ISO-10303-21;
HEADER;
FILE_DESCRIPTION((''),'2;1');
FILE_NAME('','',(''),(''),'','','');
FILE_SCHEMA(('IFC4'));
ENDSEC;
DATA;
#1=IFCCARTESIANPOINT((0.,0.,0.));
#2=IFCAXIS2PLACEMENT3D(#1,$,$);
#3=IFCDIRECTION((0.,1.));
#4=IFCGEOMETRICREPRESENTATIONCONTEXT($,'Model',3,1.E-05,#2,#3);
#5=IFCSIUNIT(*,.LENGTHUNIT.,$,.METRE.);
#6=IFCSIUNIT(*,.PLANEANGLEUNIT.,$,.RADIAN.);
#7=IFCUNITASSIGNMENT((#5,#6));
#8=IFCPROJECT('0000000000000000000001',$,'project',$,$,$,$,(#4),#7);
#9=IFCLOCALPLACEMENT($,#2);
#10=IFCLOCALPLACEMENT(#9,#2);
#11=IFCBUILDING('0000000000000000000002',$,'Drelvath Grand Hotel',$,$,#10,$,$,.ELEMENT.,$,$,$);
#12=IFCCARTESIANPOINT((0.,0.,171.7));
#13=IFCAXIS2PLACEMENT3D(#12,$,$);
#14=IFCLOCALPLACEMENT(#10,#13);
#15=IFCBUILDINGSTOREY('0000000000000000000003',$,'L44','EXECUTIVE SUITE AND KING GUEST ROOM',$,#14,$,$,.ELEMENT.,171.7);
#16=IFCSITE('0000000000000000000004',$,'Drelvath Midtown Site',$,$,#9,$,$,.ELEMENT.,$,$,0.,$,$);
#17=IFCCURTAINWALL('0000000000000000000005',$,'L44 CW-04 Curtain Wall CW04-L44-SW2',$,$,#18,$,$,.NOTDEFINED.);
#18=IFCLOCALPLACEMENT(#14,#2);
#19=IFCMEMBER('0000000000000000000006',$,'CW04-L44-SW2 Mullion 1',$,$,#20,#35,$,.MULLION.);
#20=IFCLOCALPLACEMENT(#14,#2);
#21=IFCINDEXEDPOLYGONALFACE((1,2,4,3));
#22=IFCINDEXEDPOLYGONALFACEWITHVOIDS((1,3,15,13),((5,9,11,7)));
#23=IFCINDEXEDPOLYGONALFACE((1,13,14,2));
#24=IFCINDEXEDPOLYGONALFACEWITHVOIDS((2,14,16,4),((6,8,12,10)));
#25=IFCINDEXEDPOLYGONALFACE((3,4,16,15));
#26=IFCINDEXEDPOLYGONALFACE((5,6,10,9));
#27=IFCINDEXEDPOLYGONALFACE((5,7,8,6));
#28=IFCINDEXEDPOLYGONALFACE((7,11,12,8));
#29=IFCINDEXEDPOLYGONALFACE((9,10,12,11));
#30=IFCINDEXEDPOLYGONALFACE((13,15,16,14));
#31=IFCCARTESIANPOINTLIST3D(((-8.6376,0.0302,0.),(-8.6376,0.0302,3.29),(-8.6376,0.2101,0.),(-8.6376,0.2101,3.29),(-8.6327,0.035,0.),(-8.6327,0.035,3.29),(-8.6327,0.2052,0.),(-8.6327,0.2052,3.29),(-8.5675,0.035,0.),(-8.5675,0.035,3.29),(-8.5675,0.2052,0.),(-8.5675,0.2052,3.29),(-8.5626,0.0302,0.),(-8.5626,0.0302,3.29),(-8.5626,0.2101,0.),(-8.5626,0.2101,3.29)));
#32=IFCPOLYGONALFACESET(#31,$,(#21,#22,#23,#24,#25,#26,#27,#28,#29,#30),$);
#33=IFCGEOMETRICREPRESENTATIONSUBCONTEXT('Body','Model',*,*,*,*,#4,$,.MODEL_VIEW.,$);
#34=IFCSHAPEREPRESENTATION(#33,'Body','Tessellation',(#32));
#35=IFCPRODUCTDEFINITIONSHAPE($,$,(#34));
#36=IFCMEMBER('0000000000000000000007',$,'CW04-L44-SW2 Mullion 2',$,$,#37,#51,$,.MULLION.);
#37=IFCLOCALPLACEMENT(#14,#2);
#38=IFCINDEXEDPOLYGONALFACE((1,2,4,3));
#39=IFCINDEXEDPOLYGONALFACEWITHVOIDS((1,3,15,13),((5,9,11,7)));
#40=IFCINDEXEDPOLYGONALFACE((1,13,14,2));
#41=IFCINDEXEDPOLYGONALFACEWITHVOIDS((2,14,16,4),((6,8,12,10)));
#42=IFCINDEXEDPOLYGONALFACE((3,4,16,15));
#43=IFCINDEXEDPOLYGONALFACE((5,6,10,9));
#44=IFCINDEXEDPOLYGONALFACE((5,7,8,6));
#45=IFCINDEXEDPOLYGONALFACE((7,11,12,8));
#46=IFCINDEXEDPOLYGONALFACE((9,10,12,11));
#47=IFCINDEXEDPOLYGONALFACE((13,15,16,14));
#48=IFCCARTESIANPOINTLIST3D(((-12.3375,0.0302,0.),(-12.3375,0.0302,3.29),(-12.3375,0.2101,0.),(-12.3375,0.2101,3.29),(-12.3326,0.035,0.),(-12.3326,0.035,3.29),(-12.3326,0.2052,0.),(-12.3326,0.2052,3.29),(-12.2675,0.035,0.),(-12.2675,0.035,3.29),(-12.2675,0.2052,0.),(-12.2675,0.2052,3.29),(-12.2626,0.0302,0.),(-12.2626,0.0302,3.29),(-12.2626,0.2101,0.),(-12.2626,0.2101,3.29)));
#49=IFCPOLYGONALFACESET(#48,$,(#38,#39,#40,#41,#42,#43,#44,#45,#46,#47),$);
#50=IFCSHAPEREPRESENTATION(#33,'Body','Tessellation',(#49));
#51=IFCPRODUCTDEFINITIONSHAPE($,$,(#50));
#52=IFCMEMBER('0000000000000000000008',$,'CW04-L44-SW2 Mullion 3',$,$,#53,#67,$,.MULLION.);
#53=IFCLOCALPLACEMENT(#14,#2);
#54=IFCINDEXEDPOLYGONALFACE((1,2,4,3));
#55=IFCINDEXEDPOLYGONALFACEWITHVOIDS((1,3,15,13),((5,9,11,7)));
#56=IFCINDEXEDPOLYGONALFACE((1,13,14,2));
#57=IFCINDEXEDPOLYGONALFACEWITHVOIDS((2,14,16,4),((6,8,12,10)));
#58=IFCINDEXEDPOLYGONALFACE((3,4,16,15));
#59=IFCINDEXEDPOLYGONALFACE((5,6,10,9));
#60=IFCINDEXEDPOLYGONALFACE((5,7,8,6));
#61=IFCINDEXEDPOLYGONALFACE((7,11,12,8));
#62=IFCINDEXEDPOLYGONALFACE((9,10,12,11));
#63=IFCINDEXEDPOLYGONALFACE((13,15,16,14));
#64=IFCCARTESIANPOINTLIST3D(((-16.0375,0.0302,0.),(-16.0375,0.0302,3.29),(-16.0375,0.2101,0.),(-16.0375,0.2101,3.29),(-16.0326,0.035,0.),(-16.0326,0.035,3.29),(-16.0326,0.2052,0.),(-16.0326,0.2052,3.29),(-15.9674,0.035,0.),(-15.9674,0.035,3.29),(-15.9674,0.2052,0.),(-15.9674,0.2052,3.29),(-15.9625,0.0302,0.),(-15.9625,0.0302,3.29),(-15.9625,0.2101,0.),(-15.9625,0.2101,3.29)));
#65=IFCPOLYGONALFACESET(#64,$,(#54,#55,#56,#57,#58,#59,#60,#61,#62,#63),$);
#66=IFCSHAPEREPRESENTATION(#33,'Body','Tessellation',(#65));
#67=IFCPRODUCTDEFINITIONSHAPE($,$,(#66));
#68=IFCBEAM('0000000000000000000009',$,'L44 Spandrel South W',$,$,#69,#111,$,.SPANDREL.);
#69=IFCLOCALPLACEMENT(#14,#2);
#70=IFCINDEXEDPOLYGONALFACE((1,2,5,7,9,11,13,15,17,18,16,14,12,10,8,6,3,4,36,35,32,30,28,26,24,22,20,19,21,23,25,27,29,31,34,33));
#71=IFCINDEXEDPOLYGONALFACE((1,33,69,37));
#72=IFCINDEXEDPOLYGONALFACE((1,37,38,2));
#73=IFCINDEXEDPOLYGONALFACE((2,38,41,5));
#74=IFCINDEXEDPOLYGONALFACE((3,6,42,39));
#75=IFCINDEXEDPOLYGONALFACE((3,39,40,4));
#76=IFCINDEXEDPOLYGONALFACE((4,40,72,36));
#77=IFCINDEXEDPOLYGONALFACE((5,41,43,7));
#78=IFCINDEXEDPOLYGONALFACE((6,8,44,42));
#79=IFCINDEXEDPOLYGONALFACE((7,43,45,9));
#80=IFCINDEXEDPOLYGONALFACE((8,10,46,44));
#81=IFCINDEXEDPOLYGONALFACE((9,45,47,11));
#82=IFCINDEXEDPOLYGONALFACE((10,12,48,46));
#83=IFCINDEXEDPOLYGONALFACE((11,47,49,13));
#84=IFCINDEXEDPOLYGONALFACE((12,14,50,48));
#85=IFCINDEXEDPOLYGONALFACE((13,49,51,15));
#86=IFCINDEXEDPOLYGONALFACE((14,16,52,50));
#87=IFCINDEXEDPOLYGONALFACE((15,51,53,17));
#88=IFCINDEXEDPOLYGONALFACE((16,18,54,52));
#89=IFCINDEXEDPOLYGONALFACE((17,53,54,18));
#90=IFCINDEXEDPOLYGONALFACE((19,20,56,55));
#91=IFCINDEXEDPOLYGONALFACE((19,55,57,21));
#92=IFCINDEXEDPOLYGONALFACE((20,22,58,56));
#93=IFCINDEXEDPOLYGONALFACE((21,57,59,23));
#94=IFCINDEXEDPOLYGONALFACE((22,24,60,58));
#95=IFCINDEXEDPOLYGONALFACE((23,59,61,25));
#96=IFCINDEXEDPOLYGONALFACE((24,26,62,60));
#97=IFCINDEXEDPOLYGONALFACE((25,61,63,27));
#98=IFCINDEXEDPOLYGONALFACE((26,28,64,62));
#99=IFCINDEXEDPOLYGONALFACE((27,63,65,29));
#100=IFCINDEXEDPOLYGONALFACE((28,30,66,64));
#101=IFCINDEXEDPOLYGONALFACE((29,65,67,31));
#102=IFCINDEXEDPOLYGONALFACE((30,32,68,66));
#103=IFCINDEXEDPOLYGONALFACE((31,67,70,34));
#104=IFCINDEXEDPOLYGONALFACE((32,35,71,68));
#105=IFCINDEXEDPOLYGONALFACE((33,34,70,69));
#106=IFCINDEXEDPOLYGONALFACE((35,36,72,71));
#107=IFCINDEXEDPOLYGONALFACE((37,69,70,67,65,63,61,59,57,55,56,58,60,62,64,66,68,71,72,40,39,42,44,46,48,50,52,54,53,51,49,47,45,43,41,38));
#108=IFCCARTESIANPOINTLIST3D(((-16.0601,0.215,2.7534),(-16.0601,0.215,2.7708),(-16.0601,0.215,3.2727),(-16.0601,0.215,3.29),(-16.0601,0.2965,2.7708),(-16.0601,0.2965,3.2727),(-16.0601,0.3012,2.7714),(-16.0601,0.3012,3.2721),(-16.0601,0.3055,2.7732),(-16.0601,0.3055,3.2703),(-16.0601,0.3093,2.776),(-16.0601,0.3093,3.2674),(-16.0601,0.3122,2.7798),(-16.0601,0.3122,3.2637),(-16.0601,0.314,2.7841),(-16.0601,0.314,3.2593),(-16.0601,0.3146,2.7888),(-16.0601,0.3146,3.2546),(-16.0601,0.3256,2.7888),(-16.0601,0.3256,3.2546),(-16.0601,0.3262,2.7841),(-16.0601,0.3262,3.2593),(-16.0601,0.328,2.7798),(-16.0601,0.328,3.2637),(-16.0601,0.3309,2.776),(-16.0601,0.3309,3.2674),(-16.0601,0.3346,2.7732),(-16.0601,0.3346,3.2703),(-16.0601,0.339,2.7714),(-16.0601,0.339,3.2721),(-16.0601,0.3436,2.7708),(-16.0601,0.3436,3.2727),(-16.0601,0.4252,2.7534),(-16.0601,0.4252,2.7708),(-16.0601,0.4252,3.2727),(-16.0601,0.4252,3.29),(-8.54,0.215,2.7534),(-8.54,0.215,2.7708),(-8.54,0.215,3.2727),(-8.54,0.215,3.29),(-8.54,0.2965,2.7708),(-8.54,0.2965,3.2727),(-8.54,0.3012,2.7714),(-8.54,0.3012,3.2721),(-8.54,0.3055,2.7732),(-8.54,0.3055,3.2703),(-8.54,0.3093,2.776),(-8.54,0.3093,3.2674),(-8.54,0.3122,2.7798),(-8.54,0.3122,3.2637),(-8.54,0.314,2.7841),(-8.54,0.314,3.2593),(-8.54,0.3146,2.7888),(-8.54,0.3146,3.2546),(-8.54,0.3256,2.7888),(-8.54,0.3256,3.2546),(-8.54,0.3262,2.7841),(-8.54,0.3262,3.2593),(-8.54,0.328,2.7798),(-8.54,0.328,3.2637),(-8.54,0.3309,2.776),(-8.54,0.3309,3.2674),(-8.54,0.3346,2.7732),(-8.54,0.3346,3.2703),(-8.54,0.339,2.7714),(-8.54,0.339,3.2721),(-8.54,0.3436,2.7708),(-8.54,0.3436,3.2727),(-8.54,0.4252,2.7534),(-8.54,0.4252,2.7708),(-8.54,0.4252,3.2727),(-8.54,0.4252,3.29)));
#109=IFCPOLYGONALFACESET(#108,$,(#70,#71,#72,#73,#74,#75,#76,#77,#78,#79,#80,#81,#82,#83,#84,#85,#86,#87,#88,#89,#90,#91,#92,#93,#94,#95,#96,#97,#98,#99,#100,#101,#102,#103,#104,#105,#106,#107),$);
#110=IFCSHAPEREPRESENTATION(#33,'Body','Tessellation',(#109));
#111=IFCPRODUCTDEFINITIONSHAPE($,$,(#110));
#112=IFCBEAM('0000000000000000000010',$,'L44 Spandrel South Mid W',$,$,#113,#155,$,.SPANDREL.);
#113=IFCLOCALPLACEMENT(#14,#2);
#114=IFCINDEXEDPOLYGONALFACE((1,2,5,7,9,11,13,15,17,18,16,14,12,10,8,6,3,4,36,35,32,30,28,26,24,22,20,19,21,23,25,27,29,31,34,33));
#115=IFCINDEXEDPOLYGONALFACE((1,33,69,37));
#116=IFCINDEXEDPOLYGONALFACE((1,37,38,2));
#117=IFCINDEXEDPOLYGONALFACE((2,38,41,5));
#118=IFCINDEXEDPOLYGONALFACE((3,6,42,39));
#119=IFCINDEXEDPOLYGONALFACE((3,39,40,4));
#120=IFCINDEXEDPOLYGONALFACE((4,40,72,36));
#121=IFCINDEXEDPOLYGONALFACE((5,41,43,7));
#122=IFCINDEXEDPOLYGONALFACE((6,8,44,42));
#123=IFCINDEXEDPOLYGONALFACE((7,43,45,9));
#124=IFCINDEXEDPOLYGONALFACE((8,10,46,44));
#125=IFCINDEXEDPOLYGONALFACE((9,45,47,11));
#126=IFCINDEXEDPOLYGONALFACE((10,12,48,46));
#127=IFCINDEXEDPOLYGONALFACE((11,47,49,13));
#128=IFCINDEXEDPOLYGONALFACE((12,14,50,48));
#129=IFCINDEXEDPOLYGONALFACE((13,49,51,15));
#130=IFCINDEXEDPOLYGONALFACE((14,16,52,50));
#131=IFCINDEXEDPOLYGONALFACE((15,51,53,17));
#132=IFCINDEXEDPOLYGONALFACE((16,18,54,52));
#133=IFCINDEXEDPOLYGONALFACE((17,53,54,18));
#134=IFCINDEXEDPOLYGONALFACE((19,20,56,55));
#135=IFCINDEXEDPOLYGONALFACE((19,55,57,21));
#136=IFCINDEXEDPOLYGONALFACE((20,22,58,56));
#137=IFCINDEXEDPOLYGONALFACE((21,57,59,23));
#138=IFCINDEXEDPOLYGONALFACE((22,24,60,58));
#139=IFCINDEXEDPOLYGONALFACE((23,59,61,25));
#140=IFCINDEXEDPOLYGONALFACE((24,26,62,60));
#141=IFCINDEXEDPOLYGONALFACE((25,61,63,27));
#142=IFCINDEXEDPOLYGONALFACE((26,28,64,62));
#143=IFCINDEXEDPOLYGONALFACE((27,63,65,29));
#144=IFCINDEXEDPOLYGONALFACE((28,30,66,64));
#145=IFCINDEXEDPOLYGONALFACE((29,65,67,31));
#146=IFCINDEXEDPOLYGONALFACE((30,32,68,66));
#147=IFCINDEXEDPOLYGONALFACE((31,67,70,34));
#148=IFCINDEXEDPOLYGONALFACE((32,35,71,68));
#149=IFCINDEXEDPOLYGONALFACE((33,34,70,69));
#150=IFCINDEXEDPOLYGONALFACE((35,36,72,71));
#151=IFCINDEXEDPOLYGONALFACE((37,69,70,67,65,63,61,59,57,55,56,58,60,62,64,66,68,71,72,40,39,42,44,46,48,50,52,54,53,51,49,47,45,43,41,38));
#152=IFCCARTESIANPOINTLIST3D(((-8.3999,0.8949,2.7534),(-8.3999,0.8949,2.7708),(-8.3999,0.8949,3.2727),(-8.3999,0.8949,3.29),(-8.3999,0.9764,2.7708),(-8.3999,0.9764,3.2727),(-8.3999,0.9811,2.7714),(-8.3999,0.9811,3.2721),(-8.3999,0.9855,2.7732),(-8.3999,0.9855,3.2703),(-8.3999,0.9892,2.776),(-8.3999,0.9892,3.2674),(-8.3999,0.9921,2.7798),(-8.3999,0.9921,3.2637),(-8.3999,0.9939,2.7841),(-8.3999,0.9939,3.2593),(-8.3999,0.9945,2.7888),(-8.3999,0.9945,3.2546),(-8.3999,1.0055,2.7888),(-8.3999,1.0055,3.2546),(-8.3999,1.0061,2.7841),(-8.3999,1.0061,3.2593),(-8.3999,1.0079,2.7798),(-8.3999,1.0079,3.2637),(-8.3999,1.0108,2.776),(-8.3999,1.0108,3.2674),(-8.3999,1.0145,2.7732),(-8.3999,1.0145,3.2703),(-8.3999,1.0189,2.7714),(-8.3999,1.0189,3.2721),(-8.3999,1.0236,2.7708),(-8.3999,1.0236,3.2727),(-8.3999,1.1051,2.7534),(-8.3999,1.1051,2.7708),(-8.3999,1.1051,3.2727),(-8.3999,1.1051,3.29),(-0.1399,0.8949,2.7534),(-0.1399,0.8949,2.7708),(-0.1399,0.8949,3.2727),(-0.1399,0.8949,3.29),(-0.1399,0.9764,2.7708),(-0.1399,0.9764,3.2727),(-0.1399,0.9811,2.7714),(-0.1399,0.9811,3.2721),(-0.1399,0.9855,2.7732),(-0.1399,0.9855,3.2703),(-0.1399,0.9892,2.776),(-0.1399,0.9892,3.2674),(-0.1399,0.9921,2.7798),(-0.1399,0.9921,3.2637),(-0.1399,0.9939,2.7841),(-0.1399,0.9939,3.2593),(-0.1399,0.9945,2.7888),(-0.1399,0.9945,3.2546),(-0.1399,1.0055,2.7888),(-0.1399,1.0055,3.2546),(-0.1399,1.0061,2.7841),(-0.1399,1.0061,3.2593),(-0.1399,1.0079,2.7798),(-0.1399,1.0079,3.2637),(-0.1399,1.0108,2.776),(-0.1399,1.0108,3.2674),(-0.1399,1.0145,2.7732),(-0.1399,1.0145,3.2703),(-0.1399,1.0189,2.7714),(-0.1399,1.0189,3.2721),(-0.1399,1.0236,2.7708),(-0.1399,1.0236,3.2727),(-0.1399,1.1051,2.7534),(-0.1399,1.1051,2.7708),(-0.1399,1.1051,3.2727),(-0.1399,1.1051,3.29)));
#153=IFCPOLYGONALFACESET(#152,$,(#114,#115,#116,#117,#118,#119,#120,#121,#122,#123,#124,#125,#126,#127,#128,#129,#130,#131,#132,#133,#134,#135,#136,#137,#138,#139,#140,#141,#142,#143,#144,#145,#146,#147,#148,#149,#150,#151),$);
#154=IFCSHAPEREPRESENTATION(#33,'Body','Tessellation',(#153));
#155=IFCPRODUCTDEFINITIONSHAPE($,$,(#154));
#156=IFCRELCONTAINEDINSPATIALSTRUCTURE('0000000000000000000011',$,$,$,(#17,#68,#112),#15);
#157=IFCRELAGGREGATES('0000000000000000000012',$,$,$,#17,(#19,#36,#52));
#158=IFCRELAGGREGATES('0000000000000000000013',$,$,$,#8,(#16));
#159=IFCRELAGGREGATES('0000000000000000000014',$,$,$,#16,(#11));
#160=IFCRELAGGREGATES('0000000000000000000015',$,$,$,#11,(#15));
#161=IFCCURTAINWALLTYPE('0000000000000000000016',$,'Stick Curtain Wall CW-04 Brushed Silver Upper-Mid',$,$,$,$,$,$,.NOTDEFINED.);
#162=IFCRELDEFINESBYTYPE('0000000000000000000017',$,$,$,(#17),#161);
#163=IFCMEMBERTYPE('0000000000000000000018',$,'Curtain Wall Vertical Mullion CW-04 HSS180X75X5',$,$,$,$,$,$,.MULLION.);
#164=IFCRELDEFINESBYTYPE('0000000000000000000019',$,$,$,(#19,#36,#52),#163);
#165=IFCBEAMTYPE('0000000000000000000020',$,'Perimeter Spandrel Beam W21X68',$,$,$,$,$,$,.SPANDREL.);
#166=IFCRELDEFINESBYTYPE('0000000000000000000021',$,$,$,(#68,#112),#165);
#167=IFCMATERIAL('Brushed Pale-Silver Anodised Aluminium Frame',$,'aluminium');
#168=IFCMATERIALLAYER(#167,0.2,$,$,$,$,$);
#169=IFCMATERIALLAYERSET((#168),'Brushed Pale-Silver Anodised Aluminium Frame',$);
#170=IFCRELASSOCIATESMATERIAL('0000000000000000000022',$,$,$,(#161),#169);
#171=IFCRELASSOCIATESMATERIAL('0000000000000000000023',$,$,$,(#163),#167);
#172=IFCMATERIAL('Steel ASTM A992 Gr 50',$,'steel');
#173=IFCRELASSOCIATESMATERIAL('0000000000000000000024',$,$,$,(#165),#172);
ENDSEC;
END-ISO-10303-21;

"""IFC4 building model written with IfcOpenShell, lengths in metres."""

from ifc_helpers import new_model, si_unit, direction, frame, origin, origin_2d, place, context, subcontext, project, spatial, hollow_rectangle, i_section, extrude, material, layer, layer_set, material_profile, profile_set, type_object, element, aggregate, save


model = new_model("IFC4")

# Units and contexts
model_context = context("Model", 3, precision=1e-05, world=origin(), true_north=direction((0.0, 1.0)))
body_context = subcontext(model_context, "Body", "Model", "MODEL_VIEW")
ifc_project = project(units=[si_unit("LENGTHUNIT", "METRE"), si_unit("PLANEANGLEUNIT", "RADIAN")], contexts=[model_context])

# Site, building, storey
site_placement = place(None, origin())
site = spatial("IfcSite", under=ifc_project, at=site_placement, Name="Drelvath Midtown Site", CompositionType="ELEMENT", RefElevation=0.0)
building_placement = place(site_placement, origin())
building = spatial("IfcBuilding", under=site, at=building_placement, Name="Drelvath Grand Hotel", CompositionType="ELEMENT")
storey_placement = place(building_placement, frame((0.0, 0.0, 171.7)))
storey = spatial("IfcBuildingStorey", under=building, at=storey_placement, Name="L44", Description="EXECUTIVE SUITE AND KING GUEST ROOM", CompositionType="ELEMENT", Elevation=171.7)

# Shared definitions
ifc_material_1 = material(Name="Steel ASTM A992 Gr 50", Category="steel")

# Curtain wall
ifc_material_2 = material(Name="Brushed Pale-Silver Anodised Aluminium Frame", Category="aluminium")
ifc_layer_1 = layer(ifc_material_2, 0.2)
ifc_layer_set_1 = layer_set([ifc_layer_1], Name="Brushed Pale-Silver Anodised Aluminium Frame")
curtain_wall_type = type_object("IfcCurtainWallType", Name="Stick Curtain Wall CW-04 Brushed Silver Upper-Mid", PredefinedType="NOTDEFINED", material=ifc_layer_set_1)
curtain_wall_1_placement = place(storey_placement, origin())
curtain_wall_1 = element("IfcCurtainWall", 1, at=curtain_wall_1_placement, inside=storey, type_object=curtain_wall_type, Name="L44 CW-04 Curtain Wall CW04-L44-SW2", PredefinedType="NOTDEFINED")

# Members
ifc_material_profile_1 = material_profile(ifc_material_2, hollow_rectangle(XDim=0.075, YDim=0.1799, WallThickness=0.0049, at=origin_2d()), Name="HSS180X75X5")
ifc_profile_set_1 = profile_set([ifc_material_profile_1], Name="Brushed Pale-Silver Anodised Aluminium Frame")
member_type_1 = type_object("IfcMemberType", Name="Curtain Wall Vertical Mullion CW-04 HSS180X75X5", PredefinedType="MULLION", material=ifc_profile_set_1)
member_1_placement = place(storey_placement, frame((-8.6001, 0.1201, 0.0), z_axis=(0.0, 0.0, 1.0), x_axis=(1.0, 0.0, 0.0)))
member_1 = element("IfcMember", 2, at=member_1_placement, type_object=member_type_1, Name="CW04-L44-SW2 Mullion 1", PredefinedType="MULLION", context=body_context, shape_type="SweptSolid", body=[
    extrude(hollow_rectangle(XDim=0.075, YDim=0.1799, WallThickness=0.0049, at=origin_2d()), origin(), (0.0, 0.0, 1.0), 3.29),
])
member_2_placement = place(storey_placement, frame((-12.3, 0.1201, 0.0), z_axis=(0.0, 0.0, 1.0), x_axis=(1.0, 0.0, 0.0)))
member_2 = element("IfcMember", 3, at=member_2_placement, type_object=member_type_1, Name="CW04-L44-SW2 Mullion 2", PredefinedType="MULLION", context=body_context, shape_type="SweptSolid", body=[
    extrude(hollow_rectangle(XDim=0.075, YDim=0.1799, WallThickness=0.0049, at=origin_2d()), origin(), (0.0, 0.0, 1.0), 3.29),
])
member_3_placement = place(storey_placement, frame((-16.0, 0.1201, 0.0), z_axis=(0.0, 0.0, 1.0), x_axis=(1.0, 0.0, 0.0)))
member_3 = element("IfcMember", 4, at=member_3_placement, type_object=member_type_1, Name="CW04-L44-SW2 Mullion 3", PredefinedType="MULLION", context=body_context, shape_type="SweptSolid", body=[
    extrude(hollow_rectangle(XDim=0.075, YDim=0.1799, WallThickness=0.0049, at=origin_2d()), origin(), (0.0, 0.0, 1.0), 3.29),
])

# Beams
ifc_material_profile_2 = material_profile(ifc_material_1, i_section(OverallWidth=0.2102, OverallDepth=0.5366, WebThickness=0.011, FlangeThickness=0.0173, FilletRadius=0.0181, at=origin_2d()), Name="W21X68")
ifc_profile_set_2 = profile_set([ifc_material_profile_2], Name="Steel ASTM A992 Gr 50")
beam_type_1 = type_object("IfcBeamType", Name="Perimeter Spandrel Beam W21X68", PredefinedType="SPANDREL", material=ifc_profile_set_2)
beam_1_placement = place(storey_placement, frame((-16.0601, 0.3201, 3.0217), z_axis=(1.0, 0.0, 0.0), x_axis=(0.0, 1.0, 0.0)))
element("IfcBeam", 5, at=beam_1_placement, inside=storey, type_object=beam_type_1, Name="L44 Spandrel South W", PredefinedType="SPANDREL", context=body_context, shape_type="SweptSolid", body=[
    extrude(i_section(OverallWidth=0.2102, OverallDepth=0.5366, WebThickness=0.011, FlangeThickness=0.0173, FilletRadius=0.0181, at=origin_2d()), origin(), (0.0, 0.0, 1.0), 7.52),
])
beam_2_placement = place(storey_placement, frame((-8.3999, 1.0, 3.0217), z_axis=(1.0, 0.0, 0.0), x_axis=(0.0, 1.0, 0.0)))
element("IfcBeam", 6, at=beam_2_placement, inside=storey, type_object=beam_type_1, Name="L44 Spandrel South Mid W", PredefinedType="SPANDREL", context=body_context, shape_type="SweptSolid", body=[
    extrude(i_section(OverallWidth=0.2102, OverallDepth=0.5366, WebThickness=0.011, FlangeThickness=0.0173, FilletRadius=0.0181, at=origin_2d()), origin(), (0.0, 0.0, 1.0), 8.26),
])

aggregate(curtain_wall_1, [member_1, member_2, member_3])

save(model, "model.ifc")
